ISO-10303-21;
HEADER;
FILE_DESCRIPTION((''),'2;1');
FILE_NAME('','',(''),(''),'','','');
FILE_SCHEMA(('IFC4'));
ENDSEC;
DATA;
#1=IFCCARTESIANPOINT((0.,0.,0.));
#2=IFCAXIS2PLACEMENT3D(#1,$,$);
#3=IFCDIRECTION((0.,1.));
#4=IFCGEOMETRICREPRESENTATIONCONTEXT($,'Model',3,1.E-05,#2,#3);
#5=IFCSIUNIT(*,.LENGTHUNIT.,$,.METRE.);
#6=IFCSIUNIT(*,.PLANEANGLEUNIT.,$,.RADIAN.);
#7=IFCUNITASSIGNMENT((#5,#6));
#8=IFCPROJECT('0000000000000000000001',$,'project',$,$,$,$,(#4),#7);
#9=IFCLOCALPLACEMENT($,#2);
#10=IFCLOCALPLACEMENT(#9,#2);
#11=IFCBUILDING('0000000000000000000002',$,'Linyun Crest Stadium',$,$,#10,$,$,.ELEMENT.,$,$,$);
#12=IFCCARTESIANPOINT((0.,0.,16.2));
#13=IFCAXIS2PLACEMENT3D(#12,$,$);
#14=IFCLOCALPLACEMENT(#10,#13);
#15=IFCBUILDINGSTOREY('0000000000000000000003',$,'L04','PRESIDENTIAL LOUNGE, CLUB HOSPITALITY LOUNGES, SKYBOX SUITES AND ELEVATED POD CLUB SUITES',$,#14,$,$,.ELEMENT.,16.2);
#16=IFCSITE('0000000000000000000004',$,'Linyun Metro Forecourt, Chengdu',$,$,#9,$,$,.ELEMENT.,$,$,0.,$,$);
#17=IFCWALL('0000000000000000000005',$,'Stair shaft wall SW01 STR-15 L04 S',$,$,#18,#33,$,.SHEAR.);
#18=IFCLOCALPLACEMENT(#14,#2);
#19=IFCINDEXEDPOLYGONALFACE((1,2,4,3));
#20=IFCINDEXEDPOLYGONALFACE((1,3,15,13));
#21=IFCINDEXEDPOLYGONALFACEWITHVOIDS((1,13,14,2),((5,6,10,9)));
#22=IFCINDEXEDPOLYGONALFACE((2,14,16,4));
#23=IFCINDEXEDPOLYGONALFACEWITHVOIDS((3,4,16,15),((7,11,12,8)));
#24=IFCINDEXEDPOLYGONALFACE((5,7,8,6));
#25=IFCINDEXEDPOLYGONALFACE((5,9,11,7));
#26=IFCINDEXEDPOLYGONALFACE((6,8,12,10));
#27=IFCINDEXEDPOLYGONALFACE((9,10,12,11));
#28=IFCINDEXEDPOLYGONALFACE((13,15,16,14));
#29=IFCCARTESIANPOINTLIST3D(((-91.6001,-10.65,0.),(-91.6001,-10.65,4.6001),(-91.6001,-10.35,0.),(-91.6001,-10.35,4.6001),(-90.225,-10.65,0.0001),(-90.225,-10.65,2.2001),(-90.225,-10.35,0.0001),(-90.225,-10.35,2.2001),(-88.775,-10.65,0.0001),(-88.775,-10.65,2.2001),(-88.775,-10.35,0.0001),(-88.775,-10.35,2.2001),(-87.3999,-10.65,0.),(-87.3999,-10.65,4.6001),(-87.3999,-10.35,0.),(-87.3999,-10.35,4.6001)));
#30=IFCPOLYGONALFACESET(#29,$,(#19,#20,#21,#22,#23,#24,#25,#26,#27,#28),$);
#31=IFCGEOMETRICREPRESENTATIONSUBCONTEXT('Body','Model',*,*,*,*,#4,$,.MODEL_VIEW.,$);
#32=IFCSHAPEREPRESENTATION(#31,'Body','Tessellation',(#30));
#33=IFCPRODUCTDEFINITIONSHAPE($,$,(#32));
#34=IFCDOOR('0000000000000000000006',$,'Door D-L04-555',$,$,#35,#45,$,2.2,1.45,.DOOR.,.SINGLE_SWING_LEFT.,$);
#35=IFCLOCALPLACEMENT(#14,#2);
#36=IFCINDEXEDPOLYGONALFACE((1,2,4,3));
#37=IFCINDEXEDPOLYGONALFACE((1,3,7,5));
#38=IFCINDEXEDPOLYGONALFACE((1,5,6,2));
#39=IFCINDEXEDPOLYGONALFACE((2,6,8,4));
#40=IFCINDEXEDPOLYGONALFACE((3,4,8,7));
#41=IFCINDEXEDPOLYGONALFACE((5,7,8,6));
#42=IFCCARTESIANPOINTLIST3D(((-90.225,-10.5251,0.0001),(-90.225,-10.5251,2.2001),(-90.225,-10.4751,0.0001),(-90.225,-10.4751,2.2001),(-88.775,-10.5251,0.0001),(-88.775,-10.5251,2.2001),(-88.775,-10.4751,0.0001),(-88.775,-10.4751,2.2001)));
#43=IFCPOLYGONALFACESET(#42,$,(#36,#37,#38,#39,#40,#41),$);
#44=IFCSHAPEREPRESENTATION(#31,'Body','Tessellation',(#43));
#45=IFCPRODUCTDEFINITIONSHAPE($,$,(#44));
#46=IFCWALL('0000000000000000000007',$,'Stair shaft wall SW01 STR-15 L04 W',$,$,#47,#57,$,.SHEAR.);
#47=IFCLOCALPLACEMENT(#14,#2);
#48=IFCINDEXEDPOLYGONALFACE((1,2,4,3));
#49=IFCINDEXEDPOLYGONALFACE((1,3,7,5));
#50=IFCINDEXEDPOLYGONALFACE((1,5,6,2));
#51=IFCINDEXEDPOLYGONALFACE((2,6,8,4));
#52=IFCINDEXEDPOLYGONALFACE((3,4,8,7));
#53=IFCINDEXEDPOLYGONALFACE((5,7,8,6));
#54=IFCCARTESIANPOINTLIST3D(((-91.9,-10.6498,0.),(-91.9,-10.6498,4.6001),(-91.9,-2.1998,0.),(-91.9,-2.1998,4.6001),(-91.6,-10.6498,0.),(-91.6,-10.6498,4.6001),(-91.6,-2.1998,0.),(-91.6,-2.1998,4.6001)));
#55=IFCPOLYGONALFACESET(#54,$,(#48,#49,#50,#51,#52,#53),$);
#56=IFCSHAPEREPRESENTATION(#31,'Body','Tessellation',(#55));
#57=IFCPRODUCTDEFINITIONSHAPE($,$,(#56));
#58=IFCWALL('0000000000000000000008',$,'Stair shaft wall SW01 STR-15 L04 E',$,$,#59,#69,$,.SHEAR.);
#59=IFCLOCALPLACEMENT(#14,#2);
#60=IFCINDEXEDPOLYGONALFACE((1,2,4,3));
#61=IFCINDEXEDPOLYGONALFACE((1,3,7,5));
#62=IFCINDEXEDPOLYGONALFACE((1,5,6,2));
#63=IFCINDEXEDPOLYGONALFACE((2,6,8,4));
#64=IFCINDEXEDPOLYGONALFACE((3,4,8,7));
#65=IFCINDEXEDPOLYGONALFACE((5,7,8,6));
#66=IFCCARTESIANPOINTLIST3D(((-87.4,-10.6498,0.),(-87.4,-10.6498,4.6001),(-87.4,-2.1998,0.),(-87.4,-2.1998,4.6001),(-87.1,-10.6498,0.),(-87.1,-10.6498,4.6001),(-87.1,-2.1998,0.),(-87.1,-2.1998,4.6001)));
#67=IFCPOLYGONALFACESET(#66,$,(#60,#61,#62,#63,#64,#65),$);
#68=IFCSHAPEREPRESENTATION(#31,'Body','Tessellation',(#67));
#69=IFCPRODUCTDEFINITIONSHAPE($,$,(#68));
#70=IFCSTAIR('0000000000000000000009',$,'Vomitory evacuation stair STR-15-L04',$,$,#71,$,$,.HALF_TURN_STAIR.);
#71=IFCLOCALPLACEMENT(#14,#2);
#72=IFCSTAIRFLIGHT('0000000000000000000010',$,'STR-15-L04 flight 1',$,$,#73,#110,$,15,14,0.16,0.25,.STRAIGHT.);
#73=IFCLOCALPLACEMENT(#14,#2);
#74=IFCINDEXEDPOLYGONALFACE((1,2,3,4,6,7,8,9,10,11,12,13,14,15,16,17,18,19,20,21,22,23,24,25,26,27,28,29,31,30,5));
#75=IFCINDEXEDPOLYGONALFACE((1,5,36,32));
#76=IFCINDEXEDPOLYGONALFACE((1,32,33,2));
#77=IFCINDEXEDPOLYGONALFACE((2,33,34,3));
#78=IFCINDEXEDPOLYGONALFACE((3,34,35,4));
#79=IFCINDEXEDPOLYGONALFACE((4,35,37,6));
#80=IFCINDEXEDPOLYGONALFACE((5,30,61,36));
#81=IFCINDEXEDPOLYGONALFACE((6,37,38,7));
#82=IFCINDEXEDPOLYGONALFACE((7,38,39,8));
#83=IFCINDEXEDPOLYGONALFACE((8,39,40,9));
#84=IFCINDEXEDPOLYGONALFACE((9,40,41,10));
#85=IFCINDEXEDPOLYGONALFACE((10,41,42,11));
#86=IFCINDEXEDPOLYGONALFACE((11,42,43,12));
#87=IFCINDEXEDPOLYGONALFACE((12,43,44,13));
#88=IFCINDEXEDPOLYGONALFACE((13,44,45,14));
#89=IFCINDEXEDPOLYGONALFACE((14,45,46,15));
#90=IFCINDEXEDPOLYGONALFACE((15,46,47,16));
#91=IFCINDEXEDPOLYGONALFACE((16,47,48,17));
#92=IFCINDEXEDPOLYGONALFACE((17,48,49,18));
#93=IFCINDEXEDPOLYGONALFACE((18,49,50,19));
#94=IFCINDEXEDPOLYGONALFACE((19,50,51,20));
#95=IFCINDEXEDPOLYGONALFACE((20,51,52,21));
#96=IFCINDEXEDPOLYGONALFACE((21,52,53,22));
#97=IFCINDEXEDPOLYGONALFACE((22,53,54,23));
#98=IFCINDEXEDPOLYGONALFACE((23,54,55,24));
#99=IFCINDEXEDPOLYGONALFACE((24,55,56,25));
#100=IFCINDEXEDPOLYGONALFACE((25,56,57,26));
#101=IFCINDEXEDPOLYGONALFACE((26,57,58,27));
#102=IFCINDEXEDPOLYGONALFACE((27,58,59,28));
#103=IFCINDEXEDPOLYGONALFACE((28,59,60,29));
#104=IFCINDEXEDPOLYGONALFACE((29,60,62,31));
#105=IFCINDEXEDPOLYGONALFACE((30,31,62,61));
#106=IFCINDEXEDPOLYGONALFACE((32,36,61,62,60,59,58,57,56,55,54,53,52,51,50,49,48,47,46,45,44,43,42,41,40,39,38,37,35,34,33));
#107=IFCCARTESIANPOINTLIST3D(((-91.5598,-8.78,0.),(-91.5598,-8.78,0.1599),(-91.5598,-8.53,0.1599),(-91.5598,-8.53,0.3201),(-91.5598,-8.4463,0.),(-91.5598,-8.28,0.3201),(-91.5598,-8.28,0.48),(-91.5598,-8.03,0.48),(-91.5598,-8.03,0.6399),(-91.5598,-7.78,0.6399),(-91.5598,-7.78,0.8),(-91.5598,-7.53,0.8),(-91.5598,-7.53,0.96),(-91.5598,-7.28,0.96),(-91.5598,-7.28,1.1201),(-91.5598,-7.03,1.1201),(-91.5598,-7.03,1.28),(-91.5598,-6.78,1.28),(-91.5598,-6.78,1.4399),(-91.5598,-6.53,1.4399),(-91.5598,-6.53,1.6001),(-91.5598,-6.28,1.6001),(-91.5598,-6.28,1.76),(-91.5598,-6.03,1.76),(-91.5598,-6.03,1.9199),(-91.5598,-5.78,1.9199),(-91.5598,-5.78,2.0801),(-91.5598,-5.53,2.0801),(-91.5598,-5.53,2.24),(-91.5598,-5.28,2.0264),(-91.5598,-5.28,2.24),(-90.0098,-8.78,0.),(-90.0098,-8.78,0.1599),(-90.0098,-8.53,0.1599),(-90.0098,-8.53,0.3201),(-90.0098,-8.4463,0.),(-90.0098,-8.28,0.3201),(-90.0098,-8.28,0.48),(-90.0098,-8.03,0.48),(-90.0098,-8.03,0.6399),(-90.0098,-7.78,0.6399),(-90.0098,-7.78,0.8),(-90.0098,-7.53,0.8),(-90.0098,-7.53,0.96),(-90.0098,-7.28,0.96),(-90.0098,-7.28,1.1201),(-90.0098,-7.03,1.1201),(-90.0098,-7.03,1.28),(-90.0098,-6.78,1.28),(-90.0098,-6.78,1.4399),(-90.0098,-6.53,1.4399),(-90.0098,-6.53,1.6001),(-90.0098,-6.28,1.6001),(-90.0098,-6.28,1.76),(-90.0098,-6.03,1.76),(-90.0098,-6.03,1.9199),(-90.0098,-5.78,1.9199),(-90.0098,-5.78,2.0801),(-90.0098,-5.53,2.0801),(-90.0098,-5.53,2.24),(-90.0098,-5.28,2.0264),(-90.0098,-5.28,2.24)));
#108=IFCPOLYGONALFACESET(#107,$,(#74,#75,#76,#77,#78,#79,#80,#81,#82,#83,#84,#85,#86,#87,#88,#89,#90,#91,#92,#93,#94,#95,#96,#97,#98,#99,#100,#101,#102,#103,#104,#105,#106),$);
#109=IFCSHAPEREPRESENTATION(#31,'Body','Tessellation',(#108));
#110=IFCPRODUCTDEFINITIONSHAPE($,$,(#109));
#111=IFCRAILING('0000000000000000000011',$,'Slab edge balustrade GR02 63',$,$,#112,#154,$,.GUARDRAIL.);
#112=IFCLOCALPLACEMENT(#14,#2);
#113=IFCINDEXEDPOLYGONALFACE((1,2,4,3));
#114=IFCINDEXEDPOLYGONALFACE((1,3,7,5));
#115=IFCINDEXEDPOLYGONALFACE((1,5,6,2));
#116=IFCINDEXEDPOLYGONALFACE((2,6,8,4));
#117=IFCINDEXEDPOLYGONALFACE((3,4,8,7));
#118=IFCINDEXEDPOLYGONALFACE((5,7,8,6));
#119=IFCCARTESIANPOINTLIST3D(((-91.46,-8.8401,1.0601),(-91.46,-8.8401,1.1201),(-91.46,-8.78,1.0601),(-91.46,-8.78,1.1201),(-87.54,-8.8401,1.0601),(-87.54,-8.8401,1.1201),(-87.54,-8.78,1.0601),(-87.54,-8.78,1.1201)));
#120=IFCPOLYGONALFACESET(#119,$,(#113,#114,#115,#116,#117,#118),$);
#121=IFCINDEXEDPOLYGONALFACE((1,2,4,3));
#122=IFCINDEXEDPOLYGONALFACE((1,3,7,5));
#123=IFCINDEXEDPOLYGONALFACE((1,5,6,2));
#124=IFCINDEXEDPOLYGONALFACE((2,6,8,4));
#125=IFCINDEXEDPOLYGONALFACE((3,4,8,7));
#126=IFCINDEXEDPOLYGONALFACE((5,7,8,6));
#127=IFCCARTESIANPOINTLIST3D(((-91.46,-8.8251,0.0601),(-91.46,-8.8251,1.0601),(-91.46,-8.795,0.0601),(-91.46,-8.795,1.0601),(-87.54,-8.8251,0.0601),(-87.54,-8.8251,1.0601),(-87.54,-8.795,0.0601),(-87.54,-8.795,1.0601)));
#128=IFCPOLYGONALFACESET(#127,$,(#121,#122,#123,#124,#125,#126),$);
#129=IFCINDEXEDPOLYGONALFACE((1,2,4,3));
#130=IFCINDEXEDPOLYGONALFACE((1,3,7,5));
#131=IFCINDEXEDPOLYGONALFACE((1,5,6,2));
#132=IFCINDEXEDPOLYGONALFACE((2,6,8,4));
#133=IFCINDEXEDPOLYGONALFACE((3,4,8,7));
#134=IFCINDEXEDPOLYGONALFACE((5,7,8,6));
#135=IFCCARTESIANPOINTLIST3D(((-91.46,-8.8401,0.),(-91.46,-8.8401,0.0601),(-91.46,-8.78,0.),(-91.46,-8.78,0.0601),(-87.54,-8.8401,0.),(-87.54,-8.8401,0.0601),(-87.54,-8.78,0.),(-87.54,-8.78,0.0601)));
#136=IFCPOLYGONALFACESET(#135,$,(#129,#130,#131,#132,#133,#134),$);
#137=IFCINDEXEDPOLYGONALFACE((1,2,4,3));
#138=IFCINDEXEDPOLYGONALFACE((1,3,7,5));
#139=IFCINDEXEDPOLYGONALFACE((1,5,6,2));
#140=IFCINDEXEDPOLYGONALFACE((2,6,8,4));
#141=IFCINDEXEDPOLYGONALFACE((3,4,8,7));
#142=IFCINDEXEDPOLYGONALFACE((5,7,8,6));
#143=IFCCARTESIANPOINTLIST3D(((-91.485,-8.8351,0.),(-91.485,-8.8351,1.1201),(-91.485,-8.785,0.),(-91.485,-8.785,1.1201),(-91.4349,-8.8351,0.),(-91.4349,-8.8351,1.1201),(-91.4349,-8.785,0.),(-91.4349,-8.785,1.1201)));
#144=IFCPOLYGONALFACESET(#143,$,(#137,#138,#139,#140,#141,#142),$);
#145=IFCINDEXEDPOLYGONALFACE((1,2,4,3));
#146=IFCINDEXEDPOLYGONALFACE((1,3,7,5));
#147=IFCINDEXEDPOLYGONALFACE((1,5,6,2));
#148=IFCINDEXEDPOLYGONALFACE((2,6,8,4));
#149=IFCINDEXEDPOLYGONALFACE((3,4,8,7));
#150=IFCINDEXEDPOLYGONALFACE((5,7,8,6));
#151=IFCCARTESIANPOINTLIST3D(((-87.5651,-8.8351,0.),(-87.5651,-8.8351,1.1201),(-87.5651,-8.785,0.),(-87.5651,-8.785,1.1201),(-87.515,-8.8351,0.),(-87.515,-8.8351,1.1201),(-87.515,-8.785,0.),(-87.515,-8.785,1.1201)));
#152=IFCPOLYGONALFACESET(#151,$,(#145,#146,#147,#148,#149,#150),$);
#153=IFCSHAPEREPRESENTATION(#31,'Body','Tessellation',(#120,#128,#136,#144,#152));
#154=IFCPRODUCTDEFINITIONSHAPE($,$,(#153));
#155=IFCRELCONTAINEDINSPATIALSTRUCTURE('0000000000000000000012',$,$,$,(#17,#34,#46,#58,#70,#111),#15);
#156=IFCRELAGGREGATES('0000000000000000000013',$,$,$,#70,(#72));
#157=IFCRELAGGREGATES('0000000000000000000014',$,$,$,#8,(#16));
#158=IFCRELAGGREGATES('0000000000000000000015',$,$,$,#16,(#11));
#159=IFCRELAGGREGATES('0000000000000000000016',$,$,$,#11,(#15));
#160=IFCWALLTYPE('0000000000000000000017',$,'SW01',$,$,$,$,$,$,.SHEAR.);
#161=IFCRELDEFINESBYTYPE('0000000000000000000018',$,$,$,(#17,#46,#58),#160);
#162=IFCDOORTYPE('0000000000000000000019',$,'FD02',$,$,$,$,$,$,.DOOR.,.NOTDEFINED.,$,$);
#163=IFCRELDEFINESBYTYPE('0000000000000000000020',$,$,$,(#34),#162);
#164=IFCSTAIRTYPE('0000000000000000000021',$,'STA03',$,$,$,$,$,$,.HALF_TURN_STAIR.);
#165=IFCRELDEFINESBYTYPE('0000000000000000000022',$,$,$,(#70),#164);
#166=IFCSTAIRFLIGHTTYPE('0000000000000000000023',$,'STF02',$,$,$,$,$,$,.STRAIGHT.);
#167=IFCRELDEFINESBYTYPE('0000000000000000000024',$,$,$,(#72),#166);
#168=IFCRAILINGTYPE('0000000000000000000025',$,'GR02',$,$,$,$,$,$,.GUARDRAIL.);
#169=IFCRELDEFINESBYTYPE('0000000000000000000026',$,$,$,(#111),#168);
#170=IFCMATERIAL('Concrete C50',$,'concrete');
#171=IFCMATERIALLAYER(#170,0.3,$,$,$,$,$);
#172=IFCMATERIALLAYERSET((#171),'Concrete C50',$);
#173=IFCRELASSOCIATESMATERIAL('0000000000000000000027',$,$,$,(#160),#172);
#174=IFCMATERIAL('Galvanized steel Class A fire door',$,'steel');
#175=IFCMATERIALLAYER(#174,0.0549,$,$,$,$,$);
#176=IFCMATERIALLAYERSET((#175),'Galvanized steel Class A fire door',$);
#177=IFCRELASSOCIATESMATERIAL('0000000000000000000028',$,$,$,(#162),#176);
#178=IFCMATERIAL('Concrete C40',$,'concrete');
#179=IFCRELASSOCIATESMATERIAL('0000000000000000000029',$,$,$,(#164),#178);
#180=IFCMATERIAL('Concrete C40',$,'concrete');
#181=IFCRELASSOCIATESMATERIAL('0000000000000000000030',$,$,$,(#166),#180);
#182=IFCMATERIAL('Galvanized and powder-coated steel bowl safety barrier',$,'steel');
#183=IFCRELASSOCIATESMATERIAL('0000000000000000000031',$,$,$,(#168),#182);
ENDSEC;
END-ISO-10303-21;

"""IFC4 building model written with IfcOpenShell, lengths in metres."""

from ifc_helpers import new_model, si_unit, direction, frame, frame_2d, origin, origin_2d, place, context, subcontext, project, spatial, polyline, rectangle, outline, extrude, material, layer, layer_set, type_object, element, fill, aggregate, save


model = new_model("IFC4")

# Units and contexts
model_context = context("Model", 3, precision=1e-05, world=origin(), true_north=direction((0.0, 1.0)))
body_context = subcontext(model_context, "Body", "Model", "MODEL_VIEW")
ifc_project = project(units=[si_unit("LENGTHUNIT", "METRE"), si_unit("PLANEANGLEUNIT", "RADIAN")], contexts=[model_context])

# Site, building, storey
site_placement = place(None, origin())
site = spatial("IfcSite", under=ifc_project, at=site_placement, Name="Linyun Metro Forecourt, Chengdu", CompositionType="ELEMENT", RefElevation=0.0)
building_placement = place(site_placement, origin())
building = spatial("IfcBuilding", under=site, at=building_placement, Name="Linyun Crest Stadium", CompositionType="ELEMENT")
storey_placement = place(building_placement, frame((0.0, 0.0, 16.2)))
storey = spatial("IfcBuildingStorey", under=building, at=storey_placement, Name="L04", Description="PRESIDENTIAL LOUNGE, CLUB HOSPITALITY LOUNGES, SKYBOX SUITES AND ELEVATED POD CLUB SUITES", CompositionType="ELEMENT", Elevation=16.2)

# Shared definitions
ifc_material_1 = material(Name="Concrete C50", Category="concrete")
ifc_layer_1 = layer(ifc_material_1, 0.3)
ifc_layer_set_1 = layer_set([ifc_layer_1], Name="Concrete C50")
wall_type = type_object("IfcWallType", Name="SW01", PredefinedType="SHEAR", material=ifc_layer_set_1)

# Wall, opening, door
wall_1_placement = place(storey_placement, frame((-91.6001, -10.5, 0.0), z_axis=(0.0, 0.0, 1.0), x_axis=(1.0, 0.0, 0.0)))
wall_1 = element("IfcWall", 1, at=wall_1_placement, inside=storey, type_object=wall_type, Name="Stair shaft wall SW01 STR-15 L04 S", PredefinedType="SHEAR", context=body_context, shape_type="SweptSolid", body=[
    extrude(rectangle(XDim=4.2002, YDim=0.3, at=frame_2d((2.1001, 0.0))), origin(), (0.0, 0.0, 1.0), 4.6001),
])
opening_placement = place(wall_1_placement, frame((1.375, 0.0, 0.0)))
opening = element("IfcOpeningElement", 2, at=opening_placement, cuts=wall_1, PredefinedType="OPENING", context=body_context, shape_type="SweptSolid", body=[
    extrude(rectangle(XDim=1.45, YDim=2.2, at=frame_2d((0.7251, 1.1001))), frame((0.0, 0.1599, 0.0), z_axis=(0.0, -1.0, 0.0), x_axis=(1.0, 0.0, 0.0)), (0.0, 0.0, 1.0), 0.3201),
])
ifc_material_2 = material(Name="Galvanized steel Class A fire door", Category="steel")
ifc_layer_2 = layer(ifc_material_2, 0.0549)
ifc_layer_set_2 = layer_set([ifc_layer_2], Name="Galvanized steel Class A fire door")
door_type = type_object("IfcDoorType", Name="FD02", OperationType="NOTDEFINED", PredefinedType="DOOR", material=ifc_layer_set_2)
door_placement = place(opening_placement, origin())
door = element("IfcDoor", 3, at=door_placement, inside=storey, type_object=door_type, Name="Door D-L04-555", OperationType="SINGLE_SWING_LEFT", OverallHeight=2.2, OverallWidth=1.45, PredefinedType="DOOR", context=body_context, shape_type="SweptSolid", body=[
    extrude(rectangle(XDim=1.45, YDim=2.2, at=frame_2d((0.7251, 1.1001))), frame((0.0, 0.0249, 0.0), z_axis=(0.0, -1.0, 0.0), x_axis=(1.0, 0.0, 0.0)), (0.0, 0.0, 1.0), 0.05),
])
fill(opening, door)

# Walls
for number, where, z_axis, x_axis, name in (
    (4, (-91.75, -10.6499, 0.0), (0.0, 0.0, 1.0), (0.0, 1.0, 0.0), "Stair shaft wall SW01 STR-15 L04 W"),
    (5, (-87.25, -10.6499, 0.0), (0.0, 0.0, 1.0), (0.0, 1.0, 0.0), "Stair shaft wall SW01 STR-15 L04 E"),
):
    element("IfcWall", number, at=place(storey_placement, frame(where, z_axis=z_axis, x_axis=x_axis)), inside=storey, type_object=wall_type, Name=name, PredefinedType="SHEAR", context=body_context, shape_type="SweptSolid", body=[
        extrude(rectangle(XDim=8.45, YDim=0.3, at=frame_2d((4.2251, 0.0))), origin(), (0.0, 0.0, 1.0), 4.6001),
    ])

# Stair, stair flight
ifc_material_3 = material(Name="Concrete C40", Category="concrete")
stair_type = type_object("IfcStairType", Name="STA03", PredefinedType="HALF_TURN_STAIR", material=ifc_material_3)
stair_placement = place(storey_placement, origin())
stair = element("IfcStair", 6, at=stair_placement, inside=storey, type_object=stair_type, Name="Vomitory evacuation stair STR-15-L04", PredefinedType="HALF_TURN_STAIR")
ifc_material_4 = material(Name="Concrete C40", Category="concrete")
stair_flight_type = type_object("IfcStairFlightType", Name="STF02", PredefinedType="STRAIGHT", material=ifc_material_4)
stair_flight_placement = place(storey_placement, frame((-90.7849, -8.78, 0.0), z_axis=(0.0, 0.0, 1.0), x_axis=(0.0, 1.0, 0.0)))
stair_flight = element("IfcStairFlight", 7, at=stair_flight_placement, type_object=stair_flight_type, Name="STR-15-L04 flight 1", NumberOfRisers=15, NumberOfTreads=14, PredefinedType="STRAIGHT", RiserHeight=0.16, TreadLength=0.25, context=body_context, shape_type="SweptSolid", body=[
    extrude(outline(polyline([(0.0, 0.0), (0.0, 0.1599), (0.25, 0.1599), (0.25, 0.3201), (0.5, 0.3201), (0.5, 0.48), (0.75, 0.48), (0.75, 0.6399), (1.0, 0.6399), (1.0, 0.8), (1.25, 0.8), (1.25, 0.96), (1.5, 0.96), (1.5, 1.1201), (1.75, 1.1201), (1.75, 1.28), (2.0, 1.28), (2.0, 1.4399), (2.25, 1.4399), (2.25, 1.6001), (2.5, 1.6001), (2.5, 1.76), (2.75, 1.76), (2.75, 1.9199), (3.0, 1.9199), (3.0, 2.0801), (3.25, 2.0801), (3.25, 2.24), (3.5, 2.24), (3.5, 2.3999), (3.5, 2.0264), (0.3337, 0.0), (0.0, 0.0)])), frame((0.0, 0.7749, 0.0), z_axis=(0.0, -1.0, 0.0), x_axis=(1.0, 0.0, 0.0)), (0.0, 0.0, 1.0), 1.55),
])
aggregate(stair, [stair_flight])

# Railing
ifc_material_5 = material(Name="Galvanized and powder-coated steel bowl safety barrier", Category="steel")
railing_type_1 = type_object("IfcRailingType", Name="GR02", PredefinedType="GUARDRAIL", material=ifc_material_5)
railing_1_placement = place(storey_placement, frame((-91.46, -8.8101, 0.0)))
element("IfcRailing", 8, at=railing_1_placement, inside=storey, type_object=railing_type_1, Name="Slab edge balustrade GR02 63", PredefinedType="GUARDRAIL", context=body_context, shape_type="SweptSolid", body=[
    extrude(rectangle(XDim=0.0601, YDim=0.0601, at=origin_2d()), frame((0.0, 0.0, 1.0901), z_axis=(1.0, 0.0, 0.0), x_axis=(0.0, 1.0, 0.0)), (0.0, 0.0, 1.0), 3.9199),
    extrude(rectangle(XDim=0.03, YDim=1.0, at=origin_2d()), frame((0.0, 0.0, 0.5601), z_axis=(1.0, 0.0, 0.0), x_axis=(0.0, 1.0, 0.0)), (0.0, 0.0, 1.0), 3.9199),
    extrude(rectangle(XDim=0.0601, YDim=0.0601, at=origin_2d()), frame((0.0, 0.0, 0.03), z_axis=(1.0, 0.0, 0.0), x_axis=(0.0, 1.0, 0.0)), (0.0, 0.0, 1.0), 3.9199),
    extrude(rectangle(XDim=0.05, YDim=0.05, at=origin_2d()), origin(), (0.0, 0.0, 1.0), 1.1201),
    extrude(rectangle(XDim=0.05, YDim=0.05, at=origin_2d()), frame((3.9199, 0.0, 0.0)), (0.0, 0.0, 1.0), 1.1201),
])

save(model, "model.ifc")
